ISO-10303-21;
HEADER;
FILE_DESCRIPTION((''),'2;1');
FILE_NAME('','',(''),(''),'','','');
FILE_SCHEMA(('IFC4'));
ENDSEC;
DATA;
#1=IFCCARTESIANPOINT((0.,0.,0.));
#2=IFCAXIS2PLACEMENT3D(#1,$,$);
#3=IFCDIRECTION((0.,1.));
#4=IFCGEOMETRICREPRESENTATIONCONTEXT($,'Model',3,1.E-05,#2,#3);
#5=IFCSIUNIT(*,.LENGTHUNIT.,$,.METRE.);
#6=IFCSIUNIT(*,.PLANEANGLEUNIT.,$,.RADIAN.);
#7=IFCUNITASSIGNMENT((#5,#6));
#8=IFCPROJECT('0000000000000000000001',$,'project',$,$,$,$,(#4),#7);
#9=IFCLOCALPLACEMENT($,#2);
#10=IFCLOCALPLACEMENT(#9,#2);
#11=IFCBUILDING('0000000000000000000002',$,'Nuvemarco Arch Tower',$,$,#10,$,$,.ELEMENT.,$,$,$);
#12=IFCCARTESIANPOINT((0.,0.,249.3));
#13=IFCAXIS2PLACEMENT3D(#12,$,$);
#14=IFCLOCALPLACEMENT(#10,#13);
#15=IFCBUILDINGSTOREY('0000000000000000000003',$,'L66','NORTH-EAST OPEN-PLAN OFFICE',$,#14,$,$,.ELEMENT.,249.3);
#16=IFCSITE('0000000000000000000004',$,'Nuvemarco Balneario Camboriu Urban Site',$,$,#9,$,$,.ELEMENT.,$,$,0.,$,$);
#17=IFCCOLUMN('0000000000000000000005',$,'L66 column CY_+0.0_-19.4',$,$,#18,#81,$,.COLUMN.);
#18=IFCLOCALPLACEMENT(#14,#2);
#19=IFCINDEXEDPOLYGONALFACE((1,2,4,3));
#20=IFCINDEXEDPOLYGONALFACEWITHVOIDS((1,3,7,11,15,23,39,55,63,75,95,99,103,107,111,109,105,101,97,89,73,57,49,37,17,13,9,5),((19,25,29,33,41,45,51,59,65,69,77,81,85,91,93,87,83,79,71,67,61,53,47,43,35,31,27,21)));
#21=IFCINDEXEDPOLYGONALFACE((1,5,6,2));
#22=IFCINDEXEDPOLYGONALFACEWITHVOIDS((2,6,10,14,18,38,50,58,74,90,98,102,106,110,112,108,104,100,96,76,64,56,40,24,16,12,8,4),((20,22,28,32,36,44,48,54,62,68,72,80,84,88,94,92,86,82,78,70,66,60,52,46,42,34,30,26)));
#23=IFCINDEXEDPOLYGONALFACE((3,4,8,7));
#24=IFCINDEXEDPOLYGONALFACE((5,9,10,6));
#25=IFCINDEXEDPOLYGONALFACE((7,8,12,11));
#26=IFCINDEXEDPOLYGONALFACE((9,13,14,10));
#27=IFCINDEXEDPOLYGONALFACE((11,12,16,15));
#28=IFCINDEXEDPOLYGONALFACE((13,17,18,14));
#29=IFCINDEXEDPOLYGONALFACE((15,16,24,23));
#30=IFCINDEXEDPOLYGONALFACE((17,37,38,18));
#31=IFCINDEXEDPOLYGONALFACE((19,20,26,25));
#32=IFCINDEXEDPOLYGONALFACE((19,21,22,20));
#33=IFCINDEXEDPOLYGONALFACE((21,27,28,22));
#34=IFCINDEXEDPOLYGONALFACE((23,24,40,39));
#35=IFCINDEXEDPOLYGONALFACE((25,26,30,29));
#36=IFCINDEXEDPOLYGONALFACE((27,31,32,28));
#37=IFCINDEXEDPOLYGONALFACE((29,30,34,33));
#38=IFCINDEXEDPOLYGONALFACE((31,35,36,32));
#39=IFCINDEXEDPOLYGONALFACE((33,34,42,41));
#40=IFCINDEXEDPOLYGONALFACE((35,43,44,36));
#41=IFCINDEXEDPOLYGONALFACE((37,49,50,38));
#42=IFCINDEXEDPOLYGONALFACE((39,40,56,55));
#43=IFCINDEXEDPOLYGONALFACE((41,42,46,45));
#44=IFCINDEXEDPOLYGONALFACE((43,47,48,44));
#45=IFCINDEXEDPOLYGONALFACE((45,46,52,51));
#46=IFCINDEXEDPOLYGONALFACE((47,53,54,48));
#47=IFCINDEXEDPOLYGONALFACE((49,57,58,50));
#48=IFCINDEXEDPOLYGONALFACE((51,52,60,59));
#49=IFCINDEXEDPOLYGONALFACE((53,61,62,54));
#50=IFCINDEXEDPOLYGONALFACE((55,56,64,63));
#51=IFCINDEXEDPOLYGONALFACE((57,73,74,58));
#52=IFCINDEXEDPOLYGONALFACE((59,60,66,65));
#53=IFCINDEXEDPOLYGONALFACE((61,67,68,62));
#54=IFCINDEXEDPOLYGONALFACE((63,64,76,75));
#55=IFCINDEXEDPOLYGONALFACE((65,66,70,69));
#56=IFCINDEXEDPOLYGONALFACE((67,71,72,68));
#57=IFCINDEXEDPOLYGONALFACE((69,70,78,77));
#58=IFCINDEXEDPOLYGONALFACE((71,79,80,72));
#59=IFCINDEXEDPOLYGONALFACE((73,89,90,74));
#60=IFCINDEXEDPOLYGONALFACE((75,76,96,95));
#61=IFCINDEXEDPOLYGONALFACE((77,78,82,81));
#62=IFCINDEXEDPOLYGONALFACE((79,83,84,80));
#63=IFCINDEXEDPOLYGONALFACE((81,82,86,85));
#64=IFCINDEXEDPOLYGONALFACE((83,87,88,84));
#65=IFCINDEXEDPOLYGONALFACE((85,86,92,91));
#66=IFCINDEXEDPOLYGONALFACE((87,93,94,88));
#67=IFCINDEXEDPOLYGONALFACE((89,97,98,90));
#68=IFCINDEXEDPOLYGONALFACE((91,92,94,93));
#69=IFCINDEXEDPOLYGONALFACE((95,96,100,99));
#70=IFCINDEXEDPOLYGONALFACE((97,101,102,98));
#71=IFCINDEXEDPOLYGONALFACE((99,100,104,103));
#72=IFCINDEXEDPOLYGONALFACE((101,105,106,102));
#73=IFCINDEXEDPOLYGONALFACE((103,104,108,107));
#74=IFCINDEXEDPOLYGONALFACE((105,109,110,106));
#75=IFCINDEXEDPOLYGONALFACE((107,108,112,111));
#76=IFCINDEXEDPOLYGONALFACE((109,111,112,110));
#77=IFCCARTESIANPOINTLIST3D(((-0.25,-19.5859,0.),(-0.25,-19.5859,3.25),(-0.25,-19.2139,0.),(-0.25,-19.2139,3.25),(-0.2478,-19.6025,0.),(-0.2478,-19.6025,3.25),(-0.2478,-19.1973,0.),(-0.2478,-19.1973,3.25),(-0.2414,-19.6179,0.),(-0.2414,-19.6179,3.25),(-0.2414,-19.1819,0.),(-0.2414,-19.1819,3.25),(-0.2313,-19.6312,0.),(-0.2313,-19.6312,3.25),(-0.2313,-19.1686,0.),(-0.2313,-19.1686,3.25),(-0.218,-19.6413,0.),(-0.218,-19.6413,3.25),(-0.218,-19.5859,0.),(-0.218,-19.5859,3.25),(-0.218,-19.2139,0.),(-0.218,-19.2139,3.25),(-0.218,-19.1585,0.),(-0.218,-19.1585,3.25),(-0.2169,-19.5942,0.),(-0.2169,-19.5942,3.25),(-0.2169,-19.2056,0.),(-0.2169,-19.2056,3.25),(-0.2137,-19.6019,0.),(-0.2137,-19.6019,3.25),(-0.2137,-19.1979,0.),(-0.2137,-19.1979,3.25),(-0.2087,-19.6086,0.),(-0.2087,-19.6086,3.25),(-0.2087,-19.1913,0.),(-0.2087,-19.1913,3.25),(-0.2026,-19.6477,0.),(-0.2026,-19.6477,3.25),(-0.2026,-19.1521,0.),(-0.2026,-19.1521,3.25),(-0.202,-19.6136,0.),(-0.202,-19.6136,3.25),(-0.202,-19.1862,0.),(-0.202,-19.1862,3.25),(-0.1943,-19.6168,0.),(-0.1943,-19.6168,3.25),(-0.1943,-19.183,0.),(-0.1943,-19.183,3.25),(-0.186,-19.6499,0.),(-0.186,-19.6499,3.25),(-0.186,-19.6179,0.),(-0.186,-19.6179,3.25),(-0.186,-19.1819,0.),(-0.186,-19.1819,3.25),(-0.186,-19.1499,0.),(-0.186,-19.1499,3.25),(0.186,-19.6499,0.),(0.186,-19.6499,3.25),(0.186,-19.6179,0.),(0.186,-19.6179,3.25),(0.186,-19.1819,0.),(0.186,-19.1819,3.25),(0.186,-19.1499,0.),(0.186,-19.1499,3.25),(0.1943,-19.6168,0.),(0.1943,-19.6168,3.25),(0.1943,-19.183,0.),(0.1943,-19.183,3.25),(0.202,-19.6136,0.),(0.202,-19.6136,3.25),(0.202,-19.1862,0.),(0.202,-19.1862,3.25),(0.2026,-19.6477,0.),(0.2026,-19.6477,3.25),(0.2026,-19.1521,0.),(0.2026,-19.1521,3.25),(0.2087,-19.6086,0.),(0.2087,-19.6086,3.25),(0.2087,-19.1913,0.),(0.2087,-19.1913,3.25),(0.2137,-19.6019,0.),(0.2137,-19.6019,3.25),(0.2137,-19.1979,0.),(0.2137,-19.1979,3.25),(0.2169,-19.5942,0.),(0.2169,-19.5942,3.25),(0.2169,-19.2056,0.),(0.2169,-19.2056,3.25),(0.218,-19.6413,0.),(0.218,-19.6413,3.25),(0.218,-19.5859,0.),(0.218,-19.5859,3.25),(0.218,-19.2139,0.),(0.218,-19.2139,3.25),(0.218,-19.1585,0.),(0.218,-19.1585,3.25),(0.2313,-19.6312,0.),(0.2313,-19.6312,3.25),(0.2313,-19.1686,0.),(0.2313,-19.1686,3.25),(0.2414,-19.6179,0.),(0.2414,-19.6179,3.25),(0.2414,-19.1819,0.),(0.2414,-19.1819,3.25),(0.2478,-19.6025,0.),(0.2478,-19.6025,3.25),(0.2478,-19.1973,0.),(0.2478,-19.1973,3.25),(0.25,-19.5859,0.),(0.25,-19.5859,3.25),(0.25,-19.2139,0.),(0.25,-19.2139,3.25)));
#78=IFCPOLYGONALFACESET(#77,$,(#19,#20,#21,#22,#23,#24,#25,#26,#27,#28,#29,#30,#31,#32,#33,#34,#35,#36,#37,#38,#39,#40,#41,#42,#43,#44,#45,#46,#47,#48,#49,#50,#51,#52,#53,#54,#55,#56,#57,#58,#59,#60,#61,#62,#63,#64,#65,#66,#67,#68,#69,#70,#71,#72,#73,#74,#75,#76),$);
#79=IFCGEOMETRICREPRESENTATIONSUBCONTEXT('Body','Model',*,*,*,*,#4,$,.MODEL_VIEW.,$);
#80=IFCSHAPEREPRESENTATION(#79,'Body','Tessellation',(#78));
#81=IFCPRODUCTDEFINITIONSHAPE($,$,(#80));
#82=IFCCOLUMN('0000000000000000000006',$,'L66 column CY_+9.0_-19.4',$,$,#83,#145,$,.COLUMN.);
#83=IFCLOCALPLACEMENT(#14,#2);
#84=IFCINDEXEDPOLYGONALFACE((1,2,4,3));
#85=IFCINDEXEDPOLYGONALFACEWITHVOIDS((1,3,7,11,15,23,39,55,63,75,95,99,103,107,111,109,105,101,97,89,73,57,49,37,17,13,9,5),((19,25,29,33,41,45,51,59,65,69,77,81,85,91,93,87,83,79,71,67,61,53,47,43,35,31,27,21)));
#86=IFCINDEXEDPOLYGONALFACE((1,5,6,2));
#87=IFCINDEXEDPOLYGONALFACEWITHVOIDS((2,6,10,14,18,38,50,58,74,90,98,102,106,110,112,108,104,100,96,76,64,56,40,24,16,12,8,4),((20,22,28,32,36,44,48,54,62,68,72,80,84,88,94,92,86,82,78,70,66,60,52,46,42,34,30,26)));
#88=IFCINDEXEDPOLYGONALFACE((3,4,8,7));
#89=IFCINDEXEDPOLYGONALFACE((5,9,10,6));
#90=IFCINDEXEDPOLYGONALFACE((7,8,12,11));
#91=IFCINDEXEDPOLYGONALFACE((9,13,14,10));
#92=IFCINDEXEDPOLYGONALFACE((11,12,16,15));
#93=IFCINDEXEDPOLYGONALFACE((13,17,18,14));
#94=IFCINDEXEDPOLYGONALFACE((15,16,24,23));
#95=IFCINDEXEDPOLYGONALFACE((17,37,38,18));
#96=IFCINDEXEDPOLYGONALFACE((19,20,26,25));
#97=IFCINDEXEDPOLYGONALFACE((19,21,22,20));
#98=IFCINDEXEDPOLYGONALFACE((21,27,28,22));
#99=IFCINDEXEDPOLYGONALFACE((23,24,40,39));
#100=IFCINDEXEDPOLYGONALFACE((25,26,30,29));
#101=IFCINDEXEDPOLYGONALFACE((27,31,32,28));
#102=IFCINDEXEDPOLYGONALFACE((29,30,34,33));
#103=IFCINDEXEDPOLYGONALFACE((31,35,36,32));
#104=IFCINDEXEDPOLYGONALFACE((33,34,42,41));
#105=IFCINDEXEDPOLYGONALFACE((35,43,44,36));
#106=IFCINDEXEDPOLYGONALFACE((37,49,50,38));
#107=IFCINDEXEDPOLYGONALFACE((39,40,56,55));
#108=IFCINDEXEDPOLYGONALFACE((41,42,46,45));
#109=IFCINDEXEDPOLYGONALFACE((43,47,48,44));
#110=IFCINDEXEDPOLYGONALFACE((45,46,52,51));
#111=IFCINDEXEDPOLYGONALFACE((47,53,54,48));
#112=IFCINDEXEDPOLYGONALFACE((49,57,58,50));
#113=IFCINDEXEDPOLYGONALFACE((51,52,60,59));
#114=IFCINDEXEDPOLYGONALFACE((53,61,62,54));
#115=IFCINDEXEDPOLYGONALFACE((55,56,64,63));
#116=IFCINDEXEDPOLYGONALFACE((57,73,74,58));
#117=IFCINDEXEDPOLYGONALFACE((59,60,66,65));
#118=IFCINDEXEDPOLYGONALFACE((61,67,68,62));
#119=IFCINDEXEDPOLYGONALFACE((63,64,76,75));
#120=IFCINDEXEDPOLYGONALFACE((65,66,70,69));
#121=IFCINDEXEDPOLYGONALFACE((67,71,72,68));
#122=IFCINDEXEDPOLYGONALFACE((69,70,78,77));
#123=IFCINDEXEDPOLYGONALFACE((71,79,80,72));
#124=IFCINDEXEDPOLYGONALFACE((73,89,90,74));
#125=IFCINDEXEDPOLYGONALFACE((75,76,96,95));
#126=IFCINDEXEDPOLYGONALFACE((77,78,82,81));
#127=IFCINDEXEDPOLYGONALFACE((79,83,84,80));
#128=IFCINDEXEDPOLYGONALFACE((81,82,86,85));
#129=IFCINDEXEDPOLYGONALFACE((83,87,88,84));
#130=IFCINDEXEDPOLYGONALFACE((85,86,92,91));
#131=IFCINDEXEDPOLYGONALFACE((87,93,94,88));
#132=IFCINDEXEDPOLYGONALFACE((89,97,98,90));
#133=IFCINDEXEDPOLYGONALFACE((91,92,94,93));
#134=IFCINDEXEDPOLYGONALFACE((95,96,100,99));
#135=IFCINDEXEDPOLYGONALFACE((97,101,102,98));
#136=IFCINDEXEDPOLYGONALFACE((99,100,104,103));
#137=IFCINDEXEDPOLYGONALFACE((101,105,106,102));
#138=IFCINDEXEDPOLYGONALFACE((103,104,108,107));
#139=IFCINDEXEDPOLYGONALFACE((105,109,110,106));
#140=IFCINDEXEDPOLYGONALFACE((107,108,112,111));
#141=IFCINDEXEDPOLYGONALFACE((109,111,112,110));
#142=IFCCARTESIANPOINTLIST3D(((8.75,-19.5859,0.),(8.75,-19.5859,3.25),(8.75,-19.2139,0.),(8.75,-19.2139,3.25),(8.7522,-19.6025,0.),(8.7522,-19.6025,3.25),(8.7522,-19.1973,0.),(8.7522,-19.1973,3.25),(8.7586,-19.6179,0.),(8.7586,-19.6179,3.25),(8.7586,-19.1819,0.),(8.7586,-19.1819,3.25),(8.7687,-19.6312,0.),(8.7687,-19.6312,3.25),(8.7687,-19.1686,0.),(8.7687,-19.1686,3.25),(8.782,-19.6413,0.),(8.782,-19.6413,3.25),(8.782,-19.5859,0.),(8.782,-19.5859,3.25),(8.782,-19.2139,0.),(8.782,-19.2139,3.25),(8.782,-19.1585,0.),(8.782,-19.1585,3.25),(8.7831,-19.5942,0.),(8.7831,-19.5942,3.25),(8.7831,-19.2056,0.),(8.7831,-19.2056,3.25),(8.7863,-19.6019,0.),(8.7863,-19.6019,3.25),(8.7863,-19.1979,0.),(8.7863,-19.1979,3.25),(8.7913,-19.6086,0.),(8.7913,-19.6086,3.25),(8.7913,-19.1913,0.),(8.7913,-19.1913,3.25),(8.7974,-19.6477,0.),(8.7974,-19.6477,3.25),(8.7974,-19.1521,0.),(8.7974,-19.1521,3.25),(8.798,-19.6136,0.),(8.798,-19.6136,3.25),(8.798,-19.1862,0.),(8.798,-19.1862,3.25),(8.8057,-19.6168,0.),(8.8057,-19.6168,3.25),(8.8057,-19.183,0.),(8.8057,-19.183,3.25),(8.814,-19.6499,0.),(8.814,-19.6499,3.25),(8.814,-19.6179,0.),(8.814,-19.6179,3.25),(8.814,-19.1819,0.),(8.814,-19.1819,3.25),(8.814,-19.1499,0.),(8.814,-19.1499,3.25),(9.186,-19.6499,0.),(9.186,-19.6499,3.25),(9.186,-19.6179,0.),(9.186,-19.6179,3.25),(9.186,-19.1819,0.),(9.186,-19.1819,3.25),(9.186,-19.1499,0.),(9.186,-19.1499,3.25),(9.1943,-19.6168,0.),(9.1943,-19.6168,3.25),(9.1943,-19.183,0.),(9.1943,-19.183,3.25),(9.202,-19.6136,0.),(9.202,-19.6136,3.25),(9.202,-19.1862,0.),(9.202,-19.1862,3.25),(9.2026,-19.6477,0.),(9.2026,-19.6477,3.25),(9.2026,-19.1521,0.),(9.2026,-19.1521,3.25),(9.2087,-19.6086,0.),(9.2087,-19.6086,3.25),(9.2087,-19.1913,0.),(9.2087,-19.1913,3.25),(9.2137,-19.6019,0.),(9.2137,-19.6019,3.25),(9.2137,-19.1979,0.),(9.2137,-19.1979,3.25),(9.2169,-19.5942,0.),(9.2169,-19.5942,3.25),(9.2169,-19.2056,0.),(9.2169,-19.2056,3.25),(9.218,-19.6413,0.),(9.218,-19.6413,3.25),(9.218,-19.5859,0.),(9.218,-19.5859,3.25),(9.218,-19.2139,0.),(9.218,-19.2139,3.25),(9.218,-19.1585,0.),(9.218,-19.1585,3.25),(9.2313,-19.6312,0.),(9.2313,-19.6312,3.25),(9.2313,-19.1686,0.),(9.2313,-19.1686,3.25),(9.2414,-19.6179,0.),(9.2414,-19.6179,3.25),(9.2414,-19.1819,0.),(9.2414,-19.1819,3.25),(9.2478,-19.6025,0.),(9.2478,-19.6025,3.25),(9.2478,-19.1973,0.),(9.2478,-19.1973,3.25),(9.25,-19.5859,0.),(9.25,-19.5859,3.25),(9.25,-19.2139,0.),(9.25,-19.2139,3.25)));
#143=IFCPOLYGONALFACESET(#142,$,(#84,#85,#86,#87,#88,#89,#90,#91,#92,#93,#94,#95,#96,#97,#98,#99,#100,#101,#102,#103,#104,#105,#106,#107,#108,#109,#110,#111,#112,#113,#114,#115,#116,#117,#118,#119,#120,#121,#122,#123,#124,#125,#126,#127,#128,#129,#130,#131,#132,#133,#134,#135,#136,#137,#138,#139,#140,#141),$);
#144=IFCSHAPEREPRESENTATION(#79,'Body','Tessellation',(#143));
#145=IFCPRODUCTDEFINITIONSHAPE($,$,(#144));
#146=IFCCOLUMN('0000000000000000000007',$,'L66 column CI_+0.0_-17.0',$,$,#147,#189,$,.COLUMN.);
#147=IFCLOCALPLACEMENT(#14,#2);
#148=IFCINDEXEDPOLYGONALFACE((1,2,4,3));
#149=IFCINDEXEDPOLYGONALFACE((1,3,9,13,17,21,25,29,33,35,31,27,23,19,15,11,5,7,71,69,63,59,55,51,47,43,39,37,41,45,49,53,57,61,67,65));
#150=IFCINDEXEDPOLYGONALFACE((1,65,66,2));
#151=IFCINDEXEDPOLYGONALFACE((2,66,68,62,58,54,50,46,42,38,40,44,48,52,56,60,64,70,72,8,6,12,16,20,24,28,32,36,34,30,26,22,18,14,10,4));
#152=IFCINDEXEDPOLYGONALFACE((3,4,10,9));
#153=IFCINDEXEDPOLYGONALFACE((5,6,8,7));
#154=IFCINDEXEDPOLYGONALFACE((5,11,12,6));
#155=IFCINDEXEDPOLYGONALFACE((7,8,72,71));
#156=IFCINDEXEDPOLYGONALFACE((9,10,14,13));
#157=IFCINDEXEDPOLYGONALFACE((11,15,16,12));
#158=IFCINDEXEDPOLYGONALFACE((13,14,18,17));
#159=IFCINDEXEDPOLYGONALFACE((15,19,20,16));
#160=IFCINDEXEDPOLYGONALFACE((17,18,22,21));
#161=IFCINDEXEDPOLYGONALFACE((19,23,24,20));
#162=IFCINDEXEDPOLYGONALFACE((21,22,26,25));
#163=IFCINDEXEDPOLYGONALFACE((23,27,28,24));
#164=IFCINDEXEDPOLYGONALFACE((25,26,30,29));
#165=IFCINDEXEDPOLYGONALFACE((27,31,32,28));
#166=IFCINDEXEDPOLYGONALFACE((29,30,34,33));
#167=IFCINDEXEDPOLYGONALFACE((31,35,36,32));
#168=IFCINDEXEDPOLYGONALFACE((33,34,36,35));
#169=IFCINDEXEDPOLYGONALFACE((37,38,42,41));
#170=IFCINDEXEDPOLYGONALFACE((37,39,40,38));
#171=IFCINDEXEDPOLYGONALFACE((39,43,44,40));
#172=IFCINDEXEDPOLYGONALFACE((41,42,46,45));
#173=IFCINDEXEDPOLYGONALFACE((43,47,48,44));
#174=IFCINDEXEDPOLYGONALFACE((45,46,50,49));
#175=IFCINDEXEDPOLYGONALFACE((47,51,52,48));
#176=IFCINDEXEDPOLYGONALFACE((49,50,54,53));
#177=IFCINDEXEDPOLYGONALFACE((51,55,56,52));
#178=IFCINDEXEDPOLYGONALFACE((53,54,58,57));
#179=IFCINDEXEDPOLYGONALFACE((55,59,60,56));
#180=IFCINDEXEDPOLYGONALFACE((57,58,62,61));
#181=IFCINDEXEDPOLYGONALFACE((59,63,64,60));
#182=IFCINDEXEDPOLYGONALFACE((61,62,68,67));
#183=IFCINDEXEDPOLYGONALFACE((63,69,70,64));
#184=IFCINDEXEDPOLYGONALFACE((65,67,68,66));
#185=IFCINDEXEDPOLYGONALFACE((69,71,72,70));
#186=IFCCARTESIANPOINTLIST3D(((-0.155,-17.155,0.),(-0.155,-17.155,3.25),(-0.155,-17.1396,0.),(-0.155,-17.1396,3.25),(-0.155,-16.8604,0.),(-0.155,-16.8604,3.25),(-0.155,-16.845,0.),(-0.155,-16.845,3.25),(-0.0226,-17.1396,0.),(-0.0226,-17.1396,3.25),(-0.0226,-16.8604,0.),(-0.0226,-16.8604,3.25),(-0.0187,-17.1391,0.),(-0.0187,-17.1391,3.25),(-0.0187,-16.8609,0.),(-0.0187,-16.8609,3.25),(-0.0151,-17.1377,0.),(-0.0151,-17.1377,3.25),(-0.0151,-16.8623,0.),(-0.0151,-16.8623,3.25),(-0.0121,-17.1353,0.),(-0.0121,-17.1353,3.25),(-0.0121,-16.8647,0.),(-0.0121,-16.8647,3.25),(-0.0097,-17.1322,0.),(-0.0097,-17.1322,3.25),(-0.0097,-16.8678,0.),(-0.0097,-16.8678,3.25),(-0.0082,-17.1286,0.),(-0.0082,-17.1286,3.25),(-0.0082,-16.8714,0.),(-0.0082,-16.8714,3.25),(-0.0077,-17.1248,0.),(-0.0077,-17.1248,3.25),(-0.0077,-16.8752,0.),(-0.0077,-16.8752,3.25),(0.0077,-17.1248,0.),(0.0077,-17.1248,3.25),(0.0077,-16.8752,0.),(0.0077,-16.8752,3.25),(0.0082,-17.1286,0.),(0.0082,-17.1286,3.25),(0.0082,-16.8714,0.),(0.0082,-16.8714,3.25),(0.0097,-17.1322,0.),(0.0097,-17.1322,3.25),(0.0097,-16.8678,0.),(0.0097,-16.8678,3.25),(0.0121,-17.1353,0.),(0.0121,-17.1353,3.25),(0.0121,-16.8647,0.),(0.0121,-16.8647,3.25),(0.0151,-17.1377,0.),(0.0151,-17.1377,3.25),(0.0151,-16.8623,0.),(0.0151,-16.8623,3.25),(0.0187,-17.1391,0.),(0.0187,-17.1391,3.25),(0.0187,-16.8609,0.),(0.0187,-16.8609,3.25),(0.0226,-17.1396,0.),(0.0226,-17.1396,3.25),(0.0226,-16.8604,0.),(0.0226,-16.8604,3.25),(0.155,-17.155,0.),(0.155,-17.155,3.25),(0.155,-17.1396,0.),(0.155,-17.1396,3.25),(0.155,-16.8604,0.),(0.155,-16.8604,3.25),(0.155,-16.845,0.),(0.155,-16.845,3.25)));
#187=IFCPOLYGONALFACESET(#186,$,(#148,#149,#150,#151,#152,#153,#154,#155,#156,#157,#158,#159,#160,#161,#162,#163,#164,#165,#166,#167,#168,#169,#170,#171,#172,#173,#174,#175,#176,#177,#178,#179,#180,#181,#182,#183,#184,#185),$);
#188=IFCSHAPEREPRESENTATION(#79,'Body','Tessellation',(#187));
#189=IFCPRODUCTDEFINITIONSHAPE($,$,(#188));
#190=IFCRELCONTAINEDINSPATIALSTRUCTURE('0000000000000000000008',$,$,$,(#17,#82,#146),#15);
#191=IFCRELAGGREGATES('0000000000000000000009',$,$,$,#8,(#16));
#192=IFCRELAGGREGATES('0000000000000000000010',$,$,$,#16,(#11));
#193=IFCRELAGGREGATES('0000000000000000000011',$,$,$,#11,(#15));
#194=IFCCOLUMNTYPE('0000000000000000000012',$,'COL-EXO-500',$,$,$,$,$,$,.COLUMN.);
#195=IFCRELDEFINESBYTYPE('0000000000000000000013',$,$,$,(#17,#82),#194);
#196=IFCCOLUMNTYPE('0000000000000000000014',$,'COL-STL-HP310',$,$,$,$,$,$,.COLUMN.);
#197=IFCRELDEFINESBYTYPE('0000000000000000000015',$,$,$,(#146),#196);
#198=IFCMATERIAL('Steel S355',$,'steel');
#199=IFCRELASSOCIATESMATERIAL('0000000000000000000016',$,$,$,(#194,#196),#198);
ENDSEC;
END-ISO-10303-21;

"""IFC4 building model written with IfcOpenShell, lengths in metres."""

from ifc_helpers import new_model, si_unit, direction, frame, origin, origin_2d, place, context, subcontext, project, spatial, hollow_rectangle, i_section, extrude, material, material_profile, profile_set, type_object, element, save


model = new_model("IFC4")

# Units and contexts
model_context = context("Model", 3, precision=1e-05, world=origin(), true_north=direction((0.0, 1.0)))
body_context = subcontext(model_context, "Body", "Model", "MODEL_VIEW")
ifc_project = project(units=[si_unit("LENGTHUNIT", "METRE"), si_unit("PLANEANGLEUNIT", "RADIAN")], contexts=[model_context])

# Site, building, storey
site_placement = place(None, origin())
site = spatial("IfcSite", under=ifc_project, at=site_placement, Name="Nuvemarco Balneario Camboriu Urban Site", CompositionType="ELEMENT", RefElevation=0.0)
building_placement = place(site_placement, origin())
building = spatial("IfcBuilding", under=site, at=building_placement, Name="Nuvemarco Arch Tower", CompositionType="ELEMENT")
storey_placement = place(building_placement, frame((0.0, 0.0, 249.3)))
storey = spatial("IfcBuildingStorey", under=building, at=storey_placement, Name="L66", Description="NORTH-EAST OPEN-PLAN OFFICE", CompositionType="ELEMENT", Elevation=249.3)

# Columns
ifc_material_1 = material(Name="Steel S355", Category="steel")
ifc_material_profile_1 = material_profile(ifc_material_1, hollow_rectangle(XDim=0.5, YDim=0.5, WallThickness=0.032, InnerFilletRadius=0.032, OuterFilletRadius=0.064, at=origin_2d()), Name="SHS500x500x32")
ifc_profile_set_1 = profile_set([ifc_material_profile_1], Name="Steel S355")
column_type_1 = type_object("IfcColumnType", Name="COL-EXO-500", PredefinedType="COLUMN", material=ifc_profile_set_1)
for number, where, z_axis, x_axis, name in (
    (1, (0.0, -19.3999, 0.0), (0.0, 0.0, 1.0), (1.0, 0.0, 0.0), "L66 column CY_+0.0_-19.4"),
    (2, (9.0, -19.3999, 0.0), (0.0, 0.0, 1.0), (1.0, 0.0, 0.0), "L66 column CY_+9.0_-19.4"),
):
    element("IfcColumn", number, at=place(storey_placement, frame(where, z_axis=z_axis, x_axis=x_axis)), inside=storey, type_object=column_type_1, Name=name, PredefinedType="COLUMN", context=body_context, shape_type="SweptSolid", body=[
        extrude(hollow_rectangle(XDim=0.5, YDim=0.5, WallThickness=0.032, InnerFilletRadius=0.032, OuterFilletRadius=0.064, at=origin_2d()), origin(), (0.0, 0.0, 1.0), 3.25),
    ])
ifc_material_profile_2 = material_profile(ifc_material_1, i_section(OverallWidth=0.3101, OverallDepth=0.3101, WebThickness=0.0154, FlangeThickness=0.0154, FilletRadius=0.0149, at=origin_2d()), Name="HP310x110")
ifc_profile_set_2 = profile_set([ifc_material_profile_2], Name="Steel S355")
column_type_2 = type_object("IfcColumnType", Name="COL-STL-HP310", PredefinedType="COLUMN", material=ifc_profile_set_2)
for number, where, z_axis, x_axis, name in (
    (3, (0.0, -17.0, 0.0), (0.0, 0.0, 1.0), (1.0, 0.0, 0.0), "L66 column CI_+0.0_-17.0"),
):
    element("IfcColumn", number, at=place(storey_placement, frame(where, z_axis=z_axis, x_axis=x_axis)), inside=storey, type_object=column_type_2, Name=name, PredefinedType="COLUMN", context=body_context, shape_type="SweptSolid", body=[
        extrude(i_section(OverallWidth=0.3101, OverallDepth=0.3101, WebThickness=0.0154, FlangeThickness=0.0154, FilletRadius=0.0149, at=origin_2d()), origin(), (0.0, 0.0, 1.0), 3.25),
    ])

save(model, "model.ifc")
